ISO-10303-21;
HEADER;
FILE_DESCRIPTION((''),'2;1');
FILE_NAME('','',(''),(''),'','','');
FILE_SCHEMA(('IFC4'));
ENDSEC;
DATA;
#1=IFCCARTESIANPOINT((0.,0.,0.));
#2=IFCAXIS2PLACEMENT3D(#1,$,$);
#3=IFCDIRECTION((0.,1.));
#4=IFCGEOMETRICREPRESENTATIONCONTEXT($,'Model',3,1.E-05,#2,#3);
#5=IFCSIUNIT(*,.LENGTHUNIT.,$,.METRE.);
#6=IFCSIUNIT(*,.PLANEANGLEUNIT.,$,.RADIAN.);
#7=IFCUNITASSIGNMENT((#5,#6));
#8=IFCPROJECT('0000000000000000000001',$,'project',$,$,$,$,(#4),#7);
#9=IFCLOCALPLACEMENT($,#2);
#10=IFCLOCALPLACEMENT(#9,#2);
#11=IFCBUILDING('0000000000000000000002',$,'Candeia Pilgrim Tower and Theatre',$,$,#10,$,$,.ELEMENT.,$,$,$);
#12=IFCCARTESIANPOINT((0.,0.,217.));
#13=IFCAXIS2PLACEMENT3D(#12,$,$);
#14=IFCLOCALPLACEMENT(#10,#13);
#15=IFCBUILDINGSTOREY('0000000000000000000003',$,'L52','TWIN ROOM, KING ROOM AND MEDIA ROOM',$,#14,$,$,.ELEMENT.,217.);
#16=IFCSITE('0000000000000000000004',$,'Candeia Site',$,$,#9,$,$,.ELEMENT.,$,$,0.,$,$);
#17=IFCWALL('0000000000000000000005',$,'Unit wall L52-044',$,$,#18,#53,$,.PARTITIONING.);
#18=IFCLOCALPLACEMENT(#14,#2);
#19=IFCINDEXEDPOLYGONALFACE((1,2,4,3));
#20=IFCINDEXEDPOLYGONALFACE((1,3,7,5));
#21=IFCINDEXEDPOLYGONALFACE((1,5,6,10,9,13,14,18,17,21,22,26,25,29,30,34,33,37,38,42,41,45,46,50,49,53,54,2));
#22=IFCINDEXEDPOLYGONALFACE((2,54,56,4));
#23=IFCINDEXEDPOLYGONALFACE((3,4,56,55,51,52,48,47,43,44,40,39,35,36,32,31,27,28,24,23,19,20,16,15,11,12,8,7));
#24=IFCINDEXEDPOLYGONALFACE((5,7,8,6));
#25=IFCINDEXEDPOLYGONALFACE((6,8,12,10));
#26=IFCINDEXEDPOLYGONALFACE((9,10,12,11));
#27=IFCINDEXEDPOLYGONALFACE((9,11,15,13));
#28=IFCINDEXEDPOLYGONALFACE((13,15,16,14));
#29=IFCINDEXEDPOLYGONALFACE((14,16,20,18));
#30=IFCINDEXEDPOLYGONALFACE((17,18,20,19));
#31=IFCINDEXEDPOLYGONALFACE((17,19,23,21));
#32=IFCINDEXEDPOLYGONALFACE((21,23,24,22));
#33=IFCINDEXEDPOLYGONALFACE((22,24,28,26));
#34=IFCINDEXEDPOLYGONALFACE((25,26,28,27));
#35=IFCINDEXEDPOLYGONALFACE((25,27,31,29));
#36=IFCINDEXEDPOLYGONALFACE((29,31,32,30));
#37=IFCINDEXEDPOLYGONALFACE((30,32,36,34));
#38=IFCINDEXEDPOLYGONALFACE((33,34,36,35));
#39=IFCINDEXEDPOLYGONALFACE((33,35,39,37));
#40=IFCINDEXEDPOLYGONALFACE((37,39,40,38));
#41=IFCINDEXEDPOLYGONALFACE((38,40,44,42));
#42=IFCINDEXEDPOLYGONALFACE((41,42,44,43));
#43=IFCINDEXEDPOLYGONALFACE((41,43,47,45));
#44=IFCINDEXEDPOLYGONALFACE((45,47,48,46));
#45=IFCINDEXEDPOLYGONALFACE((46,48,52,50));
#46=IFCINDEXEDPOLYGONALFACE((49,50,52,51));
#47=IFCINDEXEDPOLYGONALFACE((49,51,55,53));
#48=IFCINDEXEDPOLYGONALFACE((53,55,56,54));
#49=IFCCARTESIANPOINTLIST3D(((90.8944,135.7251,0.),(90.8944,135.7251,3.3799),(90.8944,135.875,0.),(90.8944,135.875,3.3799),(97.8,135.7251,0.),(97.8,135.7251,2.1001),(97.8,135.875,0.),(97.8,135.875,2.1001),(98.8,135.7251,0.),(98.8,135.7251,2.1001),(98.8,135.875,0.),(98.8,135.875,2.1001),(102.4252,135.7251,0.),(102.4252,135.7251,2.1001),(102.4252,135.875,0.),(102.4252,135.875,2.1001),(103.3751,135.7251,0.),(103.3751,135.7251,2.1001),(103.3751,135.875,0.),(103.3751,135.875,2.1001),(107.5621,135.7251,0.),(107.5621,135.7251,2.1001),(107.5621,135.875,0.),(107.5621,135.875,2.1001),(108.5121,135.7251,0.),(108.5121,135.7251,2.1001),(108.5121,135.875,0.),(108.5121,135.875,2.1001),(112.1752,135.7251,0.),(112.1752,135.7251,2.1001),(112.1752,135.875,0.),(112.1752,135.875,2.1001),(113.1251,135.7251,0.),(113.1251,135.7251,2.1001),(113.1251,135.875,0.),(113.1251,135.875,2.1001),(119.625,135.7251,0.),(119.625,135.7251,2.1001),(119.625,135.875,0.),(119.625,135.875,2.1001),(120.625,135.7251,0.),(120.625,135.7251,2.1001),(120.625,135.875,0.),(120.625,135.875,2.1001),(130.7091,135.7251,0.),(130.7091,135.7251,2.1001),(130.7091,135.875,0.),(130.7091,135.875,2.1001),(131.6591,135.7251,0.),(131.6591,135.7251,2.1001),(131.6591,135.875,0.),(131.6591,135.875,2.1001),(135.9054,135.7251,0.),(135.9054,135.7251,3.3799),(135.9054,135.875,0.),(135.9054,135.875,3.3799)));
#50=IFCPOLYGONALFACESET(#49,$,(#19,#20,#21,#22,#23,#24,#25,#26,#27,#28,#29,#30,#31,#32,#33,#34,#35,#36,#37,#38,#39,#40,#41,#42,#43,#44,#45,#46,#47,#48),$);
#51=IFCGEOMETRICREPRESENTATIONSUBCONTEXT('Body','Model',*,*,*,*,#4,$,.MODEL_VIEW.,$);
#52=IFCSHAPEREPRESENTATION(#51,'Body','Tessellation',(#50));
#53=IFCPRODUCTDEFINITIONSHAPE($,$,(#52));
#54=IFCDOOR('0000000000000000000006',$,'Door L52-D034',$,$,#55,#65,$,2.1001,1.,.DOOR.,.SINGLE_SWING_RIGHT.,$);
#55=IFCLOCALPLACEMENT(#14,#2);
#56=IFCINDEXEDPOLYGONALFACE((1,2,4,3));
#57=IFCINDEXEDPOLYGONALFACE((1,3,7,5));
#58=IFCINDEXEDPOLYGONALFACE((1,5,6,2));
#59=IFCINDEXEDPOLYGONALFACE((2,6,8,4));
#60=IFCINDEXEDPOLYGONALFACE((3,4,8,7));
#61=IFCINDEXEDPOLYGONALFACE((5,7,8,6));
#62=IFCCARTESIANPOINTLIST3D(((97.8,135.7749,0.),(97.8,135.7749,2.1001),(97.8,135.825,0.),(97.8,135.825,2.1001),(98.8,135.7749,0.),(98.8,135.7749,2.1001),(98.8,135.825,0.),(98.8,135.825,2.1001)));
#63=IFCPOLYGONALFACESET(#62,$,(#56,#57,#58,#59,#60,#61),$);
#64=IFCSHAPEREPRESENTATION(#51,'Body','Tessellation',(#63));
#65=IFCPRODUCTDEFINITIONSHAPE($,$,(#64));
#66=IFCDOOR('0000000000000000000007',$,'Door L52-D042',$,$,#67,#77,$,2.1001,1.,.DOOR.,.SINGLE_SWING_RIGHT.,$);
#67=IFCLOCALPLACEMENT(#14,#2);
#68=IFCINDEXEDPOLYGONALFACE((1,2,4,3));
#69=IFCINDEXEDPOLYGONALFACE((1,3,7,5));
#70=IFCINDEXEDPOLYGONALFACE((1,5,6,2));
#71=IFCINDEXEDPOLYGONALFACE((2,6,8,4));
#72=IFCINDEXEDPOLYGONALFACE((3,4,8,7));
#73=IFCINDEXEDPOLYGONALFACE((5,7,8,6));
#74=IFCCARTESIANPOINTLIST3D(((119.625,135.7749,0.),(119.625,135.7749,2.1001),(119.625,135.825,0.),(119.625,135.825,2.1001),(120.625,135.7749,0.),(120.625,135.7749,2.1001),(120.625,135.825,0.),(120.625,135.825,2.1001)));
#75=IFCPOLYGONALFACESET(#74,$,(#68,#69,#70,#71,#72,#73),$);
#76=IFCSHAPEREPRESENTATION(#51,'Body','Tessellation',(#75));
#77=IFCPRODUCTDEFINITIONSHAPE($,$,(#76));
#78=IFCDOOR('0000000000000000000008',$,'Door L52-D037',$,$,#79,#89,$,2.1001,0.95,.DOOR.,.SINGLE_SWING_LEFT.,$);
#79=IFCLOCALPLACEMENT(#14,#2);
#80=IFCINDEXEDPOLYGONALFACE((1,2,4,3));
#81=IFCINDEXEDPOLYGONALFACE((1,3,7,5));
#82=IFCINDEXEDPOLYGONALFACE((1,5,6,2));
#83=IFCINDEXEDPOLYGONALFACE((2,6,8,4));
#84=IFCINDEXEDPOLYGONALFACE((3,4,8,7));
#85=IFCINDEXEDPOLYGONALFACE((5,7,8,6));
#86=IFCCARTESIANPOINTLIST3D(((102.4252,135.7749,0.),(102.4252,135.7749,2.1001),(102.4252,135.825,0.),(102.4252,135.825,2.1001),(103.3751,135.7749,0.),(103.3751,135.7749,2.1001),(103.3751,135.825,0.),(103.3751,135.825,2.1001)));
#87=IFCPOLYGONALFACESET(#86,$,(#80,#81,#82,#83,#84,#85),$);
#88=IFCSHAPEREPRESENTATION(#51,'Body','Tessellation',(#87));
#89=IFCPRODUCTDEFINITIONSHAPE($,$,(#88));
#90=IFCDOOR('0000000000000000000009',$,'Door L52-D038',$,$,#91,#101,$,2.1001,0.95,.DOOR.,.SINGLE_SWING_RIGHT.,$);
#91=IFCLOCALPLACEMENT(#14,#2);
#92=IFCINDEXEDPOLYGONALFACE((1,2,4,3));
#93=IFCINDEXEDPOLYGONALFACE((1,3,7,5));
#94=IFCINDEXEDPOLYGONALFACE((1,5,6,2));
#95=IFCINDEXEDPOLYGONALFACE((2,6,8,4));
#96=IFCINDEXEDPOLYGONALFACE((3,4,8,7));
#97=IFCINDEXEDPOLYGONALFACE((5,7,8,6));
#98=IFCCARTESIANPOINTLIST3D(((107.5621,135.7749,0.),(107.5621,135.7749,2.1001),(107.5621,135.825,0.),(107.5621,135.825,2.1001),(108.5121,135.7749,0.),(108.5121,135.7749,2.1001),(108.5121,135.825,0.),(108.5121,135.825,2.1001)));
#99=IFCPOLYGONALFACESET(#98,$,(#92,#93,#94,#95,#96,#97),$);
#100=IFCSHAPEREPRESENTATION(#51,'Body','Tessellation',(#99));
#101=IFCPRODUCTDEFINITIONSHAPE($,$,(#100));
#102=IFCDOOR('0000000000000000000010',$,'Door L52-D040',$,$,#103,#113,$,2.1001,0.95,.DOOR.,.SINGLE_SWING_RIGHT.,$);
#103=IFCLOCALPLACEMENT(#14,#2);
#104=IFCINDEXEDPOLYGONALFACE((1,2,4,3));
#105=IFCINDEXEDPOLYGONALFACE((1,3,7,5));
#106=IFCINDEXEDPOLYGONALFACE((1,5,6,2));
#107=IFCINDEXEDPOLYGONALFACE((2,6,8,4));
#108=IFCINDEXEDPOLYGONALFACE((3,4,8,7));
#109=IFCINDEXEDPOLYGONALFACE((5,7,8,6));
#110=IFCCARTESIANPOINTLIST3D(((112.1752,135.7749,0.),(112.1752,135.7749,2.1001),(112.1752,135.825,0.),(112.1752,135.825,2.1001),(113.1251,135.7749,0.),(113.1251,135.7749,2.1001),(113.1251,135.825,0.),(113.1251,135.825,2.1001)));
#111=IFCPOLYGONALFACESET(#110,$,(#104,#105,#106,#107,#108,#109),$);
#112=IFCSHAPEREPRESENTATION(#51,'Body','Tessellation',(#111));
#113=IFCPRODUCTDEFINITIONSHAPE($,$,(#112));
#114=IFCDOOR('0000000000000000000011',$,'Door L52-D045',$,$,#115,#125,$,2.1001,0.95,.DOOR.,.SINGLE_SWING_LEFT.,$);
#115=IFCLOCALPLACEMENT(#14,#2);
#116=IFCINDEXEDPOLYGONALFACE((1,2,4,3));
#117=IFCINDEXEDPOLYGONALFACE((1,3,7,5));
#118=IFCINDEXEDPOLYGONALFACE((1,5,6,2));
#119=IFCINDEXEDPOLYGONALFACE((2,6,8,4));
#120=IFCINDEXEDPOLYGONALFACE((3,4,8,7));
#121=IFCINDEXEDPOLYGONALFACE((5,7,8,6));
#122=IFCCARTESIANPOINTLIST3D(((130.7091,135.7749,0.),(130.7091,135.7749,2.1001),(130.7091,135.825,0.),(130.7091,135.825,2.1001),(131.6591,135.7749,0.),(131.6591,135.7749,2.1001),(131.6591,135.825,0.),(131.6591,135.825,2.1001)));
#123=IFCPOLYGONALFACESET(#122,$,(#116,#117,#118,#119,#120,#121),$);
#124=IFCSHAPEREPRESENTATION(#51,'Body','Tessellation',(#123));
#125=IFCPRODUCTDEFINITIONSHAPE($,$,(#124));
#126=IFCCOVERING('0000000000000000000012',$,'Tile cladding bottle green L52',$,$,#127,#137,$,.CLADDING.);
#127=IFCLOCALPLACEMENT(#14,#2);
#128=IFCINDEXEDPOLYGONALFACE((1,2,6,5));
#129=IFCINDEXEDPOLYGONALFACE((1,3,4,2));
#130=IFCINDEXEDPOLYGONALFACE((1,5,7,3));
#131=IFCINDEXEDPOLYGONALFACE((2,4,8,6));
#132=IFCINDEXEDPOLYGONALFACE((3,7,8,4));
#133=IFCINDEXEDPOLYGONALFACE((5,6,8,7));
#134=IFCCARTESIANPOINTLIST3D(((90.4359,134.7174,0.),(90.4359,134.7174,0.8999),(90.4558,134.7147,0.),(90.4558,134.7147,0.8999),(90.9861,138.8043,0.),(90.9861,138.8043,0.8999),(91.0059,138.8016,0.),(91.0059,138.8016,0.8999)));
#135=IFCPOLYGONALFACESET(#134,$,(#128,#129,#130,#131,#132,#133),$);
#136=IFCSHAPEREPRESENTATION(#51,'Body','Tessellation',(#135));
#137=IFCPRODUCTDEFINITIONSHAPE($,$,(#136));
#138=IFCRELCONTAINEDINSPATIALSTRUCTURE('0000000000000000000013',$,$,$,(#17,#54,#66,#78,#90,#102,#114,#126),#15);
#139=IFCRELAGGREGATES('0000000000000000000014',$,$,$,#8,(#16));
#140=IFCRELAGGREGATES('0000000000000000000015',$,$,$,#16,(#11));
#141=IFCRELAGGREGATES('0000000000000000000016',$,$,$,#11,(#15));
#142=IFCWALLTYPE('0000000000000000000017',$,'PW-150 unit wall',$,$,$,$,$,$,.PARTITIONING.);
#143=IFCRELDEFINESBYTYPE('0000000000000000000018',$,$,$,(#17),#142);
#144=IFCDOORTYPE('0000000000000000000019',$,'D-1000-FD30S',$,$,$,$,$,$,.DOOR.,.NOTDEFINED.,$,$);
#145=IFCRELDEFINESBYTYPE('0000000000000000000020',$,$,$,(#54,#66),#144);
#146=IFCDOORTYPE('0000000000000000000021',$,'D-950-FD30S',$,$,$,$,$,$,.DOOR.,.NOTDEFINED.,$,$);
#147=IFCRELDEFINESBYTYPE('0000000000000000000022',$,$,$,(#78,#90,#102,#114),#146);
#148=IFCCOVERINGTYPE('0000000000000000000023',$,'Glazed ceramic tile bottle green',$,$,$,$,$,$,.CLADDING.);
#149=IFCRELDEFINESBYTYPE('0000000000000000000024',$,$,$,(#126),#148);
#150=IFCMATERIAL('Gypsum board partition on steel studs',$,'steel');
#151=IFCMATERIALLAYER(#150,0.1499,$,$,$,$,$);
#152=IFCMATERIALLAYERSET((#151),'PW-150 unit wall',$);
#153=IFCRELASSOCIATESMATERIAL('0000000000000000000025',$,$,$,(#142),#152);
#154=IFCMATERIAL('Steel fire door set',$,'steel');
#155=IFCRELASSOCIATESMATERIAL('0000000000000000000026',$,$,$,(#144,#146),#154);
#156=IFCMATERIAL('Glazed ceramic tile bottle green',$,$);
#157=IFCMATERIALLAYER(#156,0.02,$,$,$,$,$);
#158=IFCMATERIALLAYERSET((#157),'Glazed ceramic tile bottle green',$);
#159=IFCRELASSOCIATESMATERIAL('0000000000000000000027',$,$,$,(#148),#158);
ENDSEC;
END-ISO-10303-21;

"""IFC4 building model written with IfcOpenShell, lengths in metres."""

from ifc_helpers import new_model, si_unit, direction, frame, frame_2d, origin, origin_2d, place, context, subcontext, project, spatial, rectangle, extrude, material, layer, layer_set, type_object, element, fill, save


model = new_model("IFC4")

# Units and contexts
model_context = context("Model", 3, precision=1e-05, world=origin(), true_north=direction((0.0, 1.0)))
body_context = subcontext(model_context, "Body", "Model", "MODEL_VIEW")
ifc_project = project(units=[si_unit("LENGTHUNIT", "METRE"), si_unit("PLANEANGLEUNIT", "RADIAN")], contexts=[model_context])

# Site, building, storey
site_placement = place(None, origin())
site = spatial("IfcSite", under=ifc_project, at=site_placement, Name="Candeia Site", CompositionType="ELEMENT", RefElevation=0.0)
building_placement = place(site_placement, origin())
building = spatial("IfcBuilding", under=site, at=building_placement, Name="Candeia Pilgrim Tower and Theatre", CompositionType="ELEMENT")
storey_placement = place(building_placement, frame((0.0, 0.0, 217.0)))
storey = spatial("IfcBuildingStorey", under=building, at=storey_placement, Name="L52", Description="TWIN ROOM, KING ROOM AND MEDIA ROOM", CompositionType="ELEMENT", Elevation=217.0)

# Shared definitions
ifc_material_1 = material(Name="Gypsum board partition on steel studs", Category="steel")

# Wall, openings, doors
ifc_layer_1 = layer(ifc_material_1, 0.1499)
ifc_layer_set_1 = layer_set([ifc_layer_1], Name="PW-150 unit wall")
wall_type_1 = type_object("IfcWallType", Name="PW-150 unit wall", PredefinedType="PARTITIONING", material=ifc_layer_set_1)
wall_1_placement = place(storey_placement, frame((90.8945, 135.8, 0.0), z_axis=(0.0, 0.0, 1.0), x_axis=(1.0, 0.0, 0.0)))
wall_1 = element("IfcWall", 1, at=wall_1_placement, inside=storey, type_object=wall_type_1, Name="Unit wall L52-044", PredefinedType="PARTITIONING", context=body_context, shape_type="SweptSolid", body=[
    extrude(rectangle(XDim=45.011, YDim=0.1499, at=frame_2d((22.5054, 0.0))), origin(), (0.0, 0.0, 1.0), 3.3799),
])
opening_1_placement = place(wall_1_placement, frame((6.9055, 0.0, 0.0)))
opening_1 = element("IfcOpeningElement", 2, at=opening_1_placement, cuts=wall_1, PredefinedType="OPENING", context=body_context, shape_type="SweptSolid", body=[
    extrude(rectangle(XDim=1.0, YDim=2.1001, at=frame_2d((0.5, 1.05))), frame((0.0, 0.085, 0.0), z_axis=(0.0, -1.0, 0.0), x_axis=(1.0, 0.0, 0.0)), (0.0, 0.0, 1.0), 0.1699),
])
opening_2_placement = place(wall_1_placement, frame((11.5305, 0.0, 0.0)))
opening_2 = element("IfcOpeningElement", 3, at=opening_2_placement, cuts=wall_1, PredefinedType="OPENING", context=body_context, shape_type="SweptSolid", body=[
    extrude(rectangle(XDim=0.95, YDim=2.1001, at=frame_2d((0.4751, 1.05))), frame((0.0, 0.085, 0.0), z_axis=(0.0, -1.0, 0.0), x_axis=(1.0, 0.0, 0.0)), (0.0, 0.0, 1.0), 0.1699),
])
opening_3_placement = place(wall_1_placement, frame((16.6675, 0.0, 0.0)))
opening_3 = element("IfcOpeningElement", 4, at=opening_3_placement, cuts=wall_1, PredefinedType="OPENING", context=body_context, shape_type="SweptSolid", body=[
    extrude(rectangle(XDim=0.95, YDim=2.1001, at=frame_2d((0.4751, 1.05))), frame((0.0, 0.085, 0.0), z_axis=(0.0, -1.0, 0.0), x_axis=(1.0, 0.0, 0.0)), (0.0, 0.0, 1.0), 0.1699),
])
opening_4_placement = place(wall_1_placement, frame((21.2805, 0.0, 0.0)))
opening_4 = element("IfcOpeningElement", 5, at=opening_4_placement, cuts=wall_1, PredefinedType="OPENING", context=body_context, shape_type="SweptSolid", body=[
    extrude(rectangle(XDim=0.95, YDim=2.1001, at=frame_2d((0.4751, 1.05))), frame((0.0, 0.085, 0.0), z_axis=(0.0, -1.0, 0.0), x_axis=(1.0, 0.0, 0.0)), (0.0, 0.0, 1.0), 0.1699),
])
opening_5_placement = place(wall_1_placement, frame((28.7305, 0.0, 0.0)))
opening_5 = element("IfcOpeningElement", 6, at=opening_5_placement, cuts=wall_1, PredefinedType="OPENING", context=body_context, shape_type="SweptSolid", body=[
    extrude(rectangle(XDim=1.0, YDim=2.1001, at=frame_2d((0.5, 1.05))), frame((0.0, 0.085, 0.0), z_axis=(0.0, -1.0, 0.0), x_axis=(1.0, 0.0, 0.0)), (0.0, 0.0, 1.0), 0.1699),
])
opening_6_placement = place(wall_1_placement, frame((39.8145, 0.0, 0.0)))
opening_6 = element("IfcOpeningElement", 7, at=opening_6_placement, cuts=wall_1, PredefinedType="OPENING", context=body_context, shape_type="SweptSolid", body=[
    extrude(rectangle(XDim=0.95, YDim=2.1001, at=frame_2d((0.4751, 1.05))), frame((0.0, 0.085, 0.0), z_axis=(0.0, -1.0, 0.0), x_axis=(1.0, 0.0, 0.0)), (0.0, 0.0, 1.0), 0.1699),
])
ifc_material_2 = material(Name="Steel fire door set", Category="steel")
door_type_1 = type_object("IfcDoorType", Name="D-1000-FD30S", OperationType="NOTDEFINED", PredefinedType="DOOR", material=ifc_material_2)
door_1_placement = place(opening_1_placement, origin())
door_1 = element("IfcDoor", 8, at=door_1_placement, inside=storey, type_object=door_type_1, Name="Door L52-D034", OperationType="SINGLE_SWING_RIGHT", OverallHeight=2.1001, OverallWidth=1.0, PredefinedType="DOOR", context=body_context, shape_type="SweptSolid", body=[
    extrude(rectangle(XDim=1.0, YDim=2.1001, at=frame_2d((0.5, 1.05))), frame((0.0, 0.0249, 0.0), z_axis=(0.0, -1.0, 0.0), x_axis=(1.0, 0.0, 0.0)), (0.0, 0.0, 1.0), 0.05),
])
fill(opening_1, door_1)
door_2_placement = place(opening_5_placement, origin())
door_2 = element("IfcDoor", 9, at=door_2_placement, inside=storey, type_object=door_type_1, Name="Door L52-D042", OperationType="SINGLE_SWING_RIGHT", OverallHeight=2.1001, OverallWidth=1.0, PredefinedType="DOOR", context=body_context, shape_type="SweptSolid", body=[
    extrude(rectangle(XDim=1.0, YDim=2.1001, at=frame_2d((0.5, 1.05))), frame((0.0, 0.0249, 0.0), z_axis=(0.0, -1.0, 0.0), x_axis=(1.0, 0.0, 0.0)), (0.0, 0.0, 1.0), 0.05),
])
fill(opening_5, door_2)
door_type_2 = type_object("IfcDoorType", Name="D-950-FD30S", OperationType="NOTDEFINED", PredefinedType="DOOR", material=ifc_material_2)
door_3_placement = place(opening_2_placement, origin())
door_3 = element("IfcDoor", 10, at=door_3_placement, inside=storey, type_object=door_type_2, Name="Door L52-D037", OperationType="SINGLE_SWING_LEFT", OverallHeight=2.1001, OverallWidth=0.95, PredefinedType="DOOR", context=body_context, shape_type="SweptSolid", body=[
    extrude(rectangle(XDim=0.95, YDim=2.1001, at=frame_2d((0.4751, 1.05))), frame((0.0, 0.0249, 0.0), z_axis=(0.0, -1.0, 0.0), x_axis=(1.0, 0.0, 0.0)), (0.0, 0.0, 1.0), 0.05),
])
fill(opening_2, door_3)
door_4_placement = place(opening_3_placement, origin())
door_4 = element("IfcDoor", 11, at=door_4_placement, inside=storey, type_object=door_type_2, Name="Door L52-D038", OperationType="SINGLE_SWING_RIGHT", OverallHeight=2.1001, OverallWidth=0.95, PredefinedType="DOOR", context=body_context, shape_type="SweptSolid", body=[
    extrude(rectangle(XDim=0.95, YDim=2.1001, at=frame_2d((0.4751, 1.05))), frame((0.0, 0.0249, 0.0), z_axis=(0.0, -1.0, 0.0), x_axis=(1.0, 0.0, 0.0)), (0.0, 0.0, 1.0), 0.05),
])
fill(opening_3, door_4)
door_5_placement = place(opening_4_placement, origin())
door_5 = element("IfcDoor", 12, at=door_5_placement, inside=storey, type_object=door_type_2, Name="Door L52-D040", OperationType="SINGLE_SWING_RIGHT", OverallHeight=2.1001, OverallWidth=0.95, PredefinedType="DOOR", context=body_context, shape_type="SweptSolid", body=[
    extrude(rectangle(XDim=0.95, YDim=2.1001, at=frame_2d((0.4751, 1.05))), frame((0.0, 0.0249, 0.0), z_axis=(0.0, -1.0, 0.0), x_axis=(1.0, 0.0, 0.0)), (0.0, 0.0, 1.0), 0.05),
])
fill(opening_4, door_5)
door_6_placement = place(opening_6_placement, origin())
door_6 = element("IfcDoor", 13, at=door_6_placement, inside=storey, type_object=door_type_2, Name="Door L52-D045", OperationType="SINGLE_SWING_LEFT", OverallHeight=2.1001, OverallWidth=0.95, PredefinedType="DOOR", context=body_context, shape_type="SweptSolid", body=[
    extrude(rectangle(XDim=0.95, YDim=2.1001, at=frame_2d((0.4751, 1.05))), frame((0.0, 0.0249, 0.0), z_axis=(0.0, -1.0, 0.0), x_axis=(1.0, 0.0, 0.0)), (0.0, 0.0, 1.0), 0.05),
])
fill(opening_6, door_6)

# Covering
ifc_material_3 = material(Name="Glazed ceramic tile bottle green")
ifc_layer_2 = layer(ifc_material_3, 0.02)
ifc_layer_set_2 = layer_set([ifc_layer_2], Name="Glazed ceramic tile bottle green")
covering_type = type_object("IfcCoveringType", Name="Glazed ceramic tile bottle green", PredefinedType="CLADDING", material=ifc_layer_set_2)
covering_placement = place(storey_placement, frame((90.7209, 136.7595, 0.0), z_axis=(0.0, 0.0, 1.0), x_axis=(-0.133412, -0.991061, 0.0)))
element("IfcCovering", 14, at=covering_placement, inside=storey, type_object=covering_type, Name="Tile cladding bottle green L52", PredefinedType="CLADDING", context=body_context, shape_type="SweptSolid", body=[
    extrude(rectangle(XDim=4.1238, YDim=0.02, at=origin_2d()), origin(), (0.0, 0.0, 1.0), 0.8999),
])

save(model, "model.ifc")
